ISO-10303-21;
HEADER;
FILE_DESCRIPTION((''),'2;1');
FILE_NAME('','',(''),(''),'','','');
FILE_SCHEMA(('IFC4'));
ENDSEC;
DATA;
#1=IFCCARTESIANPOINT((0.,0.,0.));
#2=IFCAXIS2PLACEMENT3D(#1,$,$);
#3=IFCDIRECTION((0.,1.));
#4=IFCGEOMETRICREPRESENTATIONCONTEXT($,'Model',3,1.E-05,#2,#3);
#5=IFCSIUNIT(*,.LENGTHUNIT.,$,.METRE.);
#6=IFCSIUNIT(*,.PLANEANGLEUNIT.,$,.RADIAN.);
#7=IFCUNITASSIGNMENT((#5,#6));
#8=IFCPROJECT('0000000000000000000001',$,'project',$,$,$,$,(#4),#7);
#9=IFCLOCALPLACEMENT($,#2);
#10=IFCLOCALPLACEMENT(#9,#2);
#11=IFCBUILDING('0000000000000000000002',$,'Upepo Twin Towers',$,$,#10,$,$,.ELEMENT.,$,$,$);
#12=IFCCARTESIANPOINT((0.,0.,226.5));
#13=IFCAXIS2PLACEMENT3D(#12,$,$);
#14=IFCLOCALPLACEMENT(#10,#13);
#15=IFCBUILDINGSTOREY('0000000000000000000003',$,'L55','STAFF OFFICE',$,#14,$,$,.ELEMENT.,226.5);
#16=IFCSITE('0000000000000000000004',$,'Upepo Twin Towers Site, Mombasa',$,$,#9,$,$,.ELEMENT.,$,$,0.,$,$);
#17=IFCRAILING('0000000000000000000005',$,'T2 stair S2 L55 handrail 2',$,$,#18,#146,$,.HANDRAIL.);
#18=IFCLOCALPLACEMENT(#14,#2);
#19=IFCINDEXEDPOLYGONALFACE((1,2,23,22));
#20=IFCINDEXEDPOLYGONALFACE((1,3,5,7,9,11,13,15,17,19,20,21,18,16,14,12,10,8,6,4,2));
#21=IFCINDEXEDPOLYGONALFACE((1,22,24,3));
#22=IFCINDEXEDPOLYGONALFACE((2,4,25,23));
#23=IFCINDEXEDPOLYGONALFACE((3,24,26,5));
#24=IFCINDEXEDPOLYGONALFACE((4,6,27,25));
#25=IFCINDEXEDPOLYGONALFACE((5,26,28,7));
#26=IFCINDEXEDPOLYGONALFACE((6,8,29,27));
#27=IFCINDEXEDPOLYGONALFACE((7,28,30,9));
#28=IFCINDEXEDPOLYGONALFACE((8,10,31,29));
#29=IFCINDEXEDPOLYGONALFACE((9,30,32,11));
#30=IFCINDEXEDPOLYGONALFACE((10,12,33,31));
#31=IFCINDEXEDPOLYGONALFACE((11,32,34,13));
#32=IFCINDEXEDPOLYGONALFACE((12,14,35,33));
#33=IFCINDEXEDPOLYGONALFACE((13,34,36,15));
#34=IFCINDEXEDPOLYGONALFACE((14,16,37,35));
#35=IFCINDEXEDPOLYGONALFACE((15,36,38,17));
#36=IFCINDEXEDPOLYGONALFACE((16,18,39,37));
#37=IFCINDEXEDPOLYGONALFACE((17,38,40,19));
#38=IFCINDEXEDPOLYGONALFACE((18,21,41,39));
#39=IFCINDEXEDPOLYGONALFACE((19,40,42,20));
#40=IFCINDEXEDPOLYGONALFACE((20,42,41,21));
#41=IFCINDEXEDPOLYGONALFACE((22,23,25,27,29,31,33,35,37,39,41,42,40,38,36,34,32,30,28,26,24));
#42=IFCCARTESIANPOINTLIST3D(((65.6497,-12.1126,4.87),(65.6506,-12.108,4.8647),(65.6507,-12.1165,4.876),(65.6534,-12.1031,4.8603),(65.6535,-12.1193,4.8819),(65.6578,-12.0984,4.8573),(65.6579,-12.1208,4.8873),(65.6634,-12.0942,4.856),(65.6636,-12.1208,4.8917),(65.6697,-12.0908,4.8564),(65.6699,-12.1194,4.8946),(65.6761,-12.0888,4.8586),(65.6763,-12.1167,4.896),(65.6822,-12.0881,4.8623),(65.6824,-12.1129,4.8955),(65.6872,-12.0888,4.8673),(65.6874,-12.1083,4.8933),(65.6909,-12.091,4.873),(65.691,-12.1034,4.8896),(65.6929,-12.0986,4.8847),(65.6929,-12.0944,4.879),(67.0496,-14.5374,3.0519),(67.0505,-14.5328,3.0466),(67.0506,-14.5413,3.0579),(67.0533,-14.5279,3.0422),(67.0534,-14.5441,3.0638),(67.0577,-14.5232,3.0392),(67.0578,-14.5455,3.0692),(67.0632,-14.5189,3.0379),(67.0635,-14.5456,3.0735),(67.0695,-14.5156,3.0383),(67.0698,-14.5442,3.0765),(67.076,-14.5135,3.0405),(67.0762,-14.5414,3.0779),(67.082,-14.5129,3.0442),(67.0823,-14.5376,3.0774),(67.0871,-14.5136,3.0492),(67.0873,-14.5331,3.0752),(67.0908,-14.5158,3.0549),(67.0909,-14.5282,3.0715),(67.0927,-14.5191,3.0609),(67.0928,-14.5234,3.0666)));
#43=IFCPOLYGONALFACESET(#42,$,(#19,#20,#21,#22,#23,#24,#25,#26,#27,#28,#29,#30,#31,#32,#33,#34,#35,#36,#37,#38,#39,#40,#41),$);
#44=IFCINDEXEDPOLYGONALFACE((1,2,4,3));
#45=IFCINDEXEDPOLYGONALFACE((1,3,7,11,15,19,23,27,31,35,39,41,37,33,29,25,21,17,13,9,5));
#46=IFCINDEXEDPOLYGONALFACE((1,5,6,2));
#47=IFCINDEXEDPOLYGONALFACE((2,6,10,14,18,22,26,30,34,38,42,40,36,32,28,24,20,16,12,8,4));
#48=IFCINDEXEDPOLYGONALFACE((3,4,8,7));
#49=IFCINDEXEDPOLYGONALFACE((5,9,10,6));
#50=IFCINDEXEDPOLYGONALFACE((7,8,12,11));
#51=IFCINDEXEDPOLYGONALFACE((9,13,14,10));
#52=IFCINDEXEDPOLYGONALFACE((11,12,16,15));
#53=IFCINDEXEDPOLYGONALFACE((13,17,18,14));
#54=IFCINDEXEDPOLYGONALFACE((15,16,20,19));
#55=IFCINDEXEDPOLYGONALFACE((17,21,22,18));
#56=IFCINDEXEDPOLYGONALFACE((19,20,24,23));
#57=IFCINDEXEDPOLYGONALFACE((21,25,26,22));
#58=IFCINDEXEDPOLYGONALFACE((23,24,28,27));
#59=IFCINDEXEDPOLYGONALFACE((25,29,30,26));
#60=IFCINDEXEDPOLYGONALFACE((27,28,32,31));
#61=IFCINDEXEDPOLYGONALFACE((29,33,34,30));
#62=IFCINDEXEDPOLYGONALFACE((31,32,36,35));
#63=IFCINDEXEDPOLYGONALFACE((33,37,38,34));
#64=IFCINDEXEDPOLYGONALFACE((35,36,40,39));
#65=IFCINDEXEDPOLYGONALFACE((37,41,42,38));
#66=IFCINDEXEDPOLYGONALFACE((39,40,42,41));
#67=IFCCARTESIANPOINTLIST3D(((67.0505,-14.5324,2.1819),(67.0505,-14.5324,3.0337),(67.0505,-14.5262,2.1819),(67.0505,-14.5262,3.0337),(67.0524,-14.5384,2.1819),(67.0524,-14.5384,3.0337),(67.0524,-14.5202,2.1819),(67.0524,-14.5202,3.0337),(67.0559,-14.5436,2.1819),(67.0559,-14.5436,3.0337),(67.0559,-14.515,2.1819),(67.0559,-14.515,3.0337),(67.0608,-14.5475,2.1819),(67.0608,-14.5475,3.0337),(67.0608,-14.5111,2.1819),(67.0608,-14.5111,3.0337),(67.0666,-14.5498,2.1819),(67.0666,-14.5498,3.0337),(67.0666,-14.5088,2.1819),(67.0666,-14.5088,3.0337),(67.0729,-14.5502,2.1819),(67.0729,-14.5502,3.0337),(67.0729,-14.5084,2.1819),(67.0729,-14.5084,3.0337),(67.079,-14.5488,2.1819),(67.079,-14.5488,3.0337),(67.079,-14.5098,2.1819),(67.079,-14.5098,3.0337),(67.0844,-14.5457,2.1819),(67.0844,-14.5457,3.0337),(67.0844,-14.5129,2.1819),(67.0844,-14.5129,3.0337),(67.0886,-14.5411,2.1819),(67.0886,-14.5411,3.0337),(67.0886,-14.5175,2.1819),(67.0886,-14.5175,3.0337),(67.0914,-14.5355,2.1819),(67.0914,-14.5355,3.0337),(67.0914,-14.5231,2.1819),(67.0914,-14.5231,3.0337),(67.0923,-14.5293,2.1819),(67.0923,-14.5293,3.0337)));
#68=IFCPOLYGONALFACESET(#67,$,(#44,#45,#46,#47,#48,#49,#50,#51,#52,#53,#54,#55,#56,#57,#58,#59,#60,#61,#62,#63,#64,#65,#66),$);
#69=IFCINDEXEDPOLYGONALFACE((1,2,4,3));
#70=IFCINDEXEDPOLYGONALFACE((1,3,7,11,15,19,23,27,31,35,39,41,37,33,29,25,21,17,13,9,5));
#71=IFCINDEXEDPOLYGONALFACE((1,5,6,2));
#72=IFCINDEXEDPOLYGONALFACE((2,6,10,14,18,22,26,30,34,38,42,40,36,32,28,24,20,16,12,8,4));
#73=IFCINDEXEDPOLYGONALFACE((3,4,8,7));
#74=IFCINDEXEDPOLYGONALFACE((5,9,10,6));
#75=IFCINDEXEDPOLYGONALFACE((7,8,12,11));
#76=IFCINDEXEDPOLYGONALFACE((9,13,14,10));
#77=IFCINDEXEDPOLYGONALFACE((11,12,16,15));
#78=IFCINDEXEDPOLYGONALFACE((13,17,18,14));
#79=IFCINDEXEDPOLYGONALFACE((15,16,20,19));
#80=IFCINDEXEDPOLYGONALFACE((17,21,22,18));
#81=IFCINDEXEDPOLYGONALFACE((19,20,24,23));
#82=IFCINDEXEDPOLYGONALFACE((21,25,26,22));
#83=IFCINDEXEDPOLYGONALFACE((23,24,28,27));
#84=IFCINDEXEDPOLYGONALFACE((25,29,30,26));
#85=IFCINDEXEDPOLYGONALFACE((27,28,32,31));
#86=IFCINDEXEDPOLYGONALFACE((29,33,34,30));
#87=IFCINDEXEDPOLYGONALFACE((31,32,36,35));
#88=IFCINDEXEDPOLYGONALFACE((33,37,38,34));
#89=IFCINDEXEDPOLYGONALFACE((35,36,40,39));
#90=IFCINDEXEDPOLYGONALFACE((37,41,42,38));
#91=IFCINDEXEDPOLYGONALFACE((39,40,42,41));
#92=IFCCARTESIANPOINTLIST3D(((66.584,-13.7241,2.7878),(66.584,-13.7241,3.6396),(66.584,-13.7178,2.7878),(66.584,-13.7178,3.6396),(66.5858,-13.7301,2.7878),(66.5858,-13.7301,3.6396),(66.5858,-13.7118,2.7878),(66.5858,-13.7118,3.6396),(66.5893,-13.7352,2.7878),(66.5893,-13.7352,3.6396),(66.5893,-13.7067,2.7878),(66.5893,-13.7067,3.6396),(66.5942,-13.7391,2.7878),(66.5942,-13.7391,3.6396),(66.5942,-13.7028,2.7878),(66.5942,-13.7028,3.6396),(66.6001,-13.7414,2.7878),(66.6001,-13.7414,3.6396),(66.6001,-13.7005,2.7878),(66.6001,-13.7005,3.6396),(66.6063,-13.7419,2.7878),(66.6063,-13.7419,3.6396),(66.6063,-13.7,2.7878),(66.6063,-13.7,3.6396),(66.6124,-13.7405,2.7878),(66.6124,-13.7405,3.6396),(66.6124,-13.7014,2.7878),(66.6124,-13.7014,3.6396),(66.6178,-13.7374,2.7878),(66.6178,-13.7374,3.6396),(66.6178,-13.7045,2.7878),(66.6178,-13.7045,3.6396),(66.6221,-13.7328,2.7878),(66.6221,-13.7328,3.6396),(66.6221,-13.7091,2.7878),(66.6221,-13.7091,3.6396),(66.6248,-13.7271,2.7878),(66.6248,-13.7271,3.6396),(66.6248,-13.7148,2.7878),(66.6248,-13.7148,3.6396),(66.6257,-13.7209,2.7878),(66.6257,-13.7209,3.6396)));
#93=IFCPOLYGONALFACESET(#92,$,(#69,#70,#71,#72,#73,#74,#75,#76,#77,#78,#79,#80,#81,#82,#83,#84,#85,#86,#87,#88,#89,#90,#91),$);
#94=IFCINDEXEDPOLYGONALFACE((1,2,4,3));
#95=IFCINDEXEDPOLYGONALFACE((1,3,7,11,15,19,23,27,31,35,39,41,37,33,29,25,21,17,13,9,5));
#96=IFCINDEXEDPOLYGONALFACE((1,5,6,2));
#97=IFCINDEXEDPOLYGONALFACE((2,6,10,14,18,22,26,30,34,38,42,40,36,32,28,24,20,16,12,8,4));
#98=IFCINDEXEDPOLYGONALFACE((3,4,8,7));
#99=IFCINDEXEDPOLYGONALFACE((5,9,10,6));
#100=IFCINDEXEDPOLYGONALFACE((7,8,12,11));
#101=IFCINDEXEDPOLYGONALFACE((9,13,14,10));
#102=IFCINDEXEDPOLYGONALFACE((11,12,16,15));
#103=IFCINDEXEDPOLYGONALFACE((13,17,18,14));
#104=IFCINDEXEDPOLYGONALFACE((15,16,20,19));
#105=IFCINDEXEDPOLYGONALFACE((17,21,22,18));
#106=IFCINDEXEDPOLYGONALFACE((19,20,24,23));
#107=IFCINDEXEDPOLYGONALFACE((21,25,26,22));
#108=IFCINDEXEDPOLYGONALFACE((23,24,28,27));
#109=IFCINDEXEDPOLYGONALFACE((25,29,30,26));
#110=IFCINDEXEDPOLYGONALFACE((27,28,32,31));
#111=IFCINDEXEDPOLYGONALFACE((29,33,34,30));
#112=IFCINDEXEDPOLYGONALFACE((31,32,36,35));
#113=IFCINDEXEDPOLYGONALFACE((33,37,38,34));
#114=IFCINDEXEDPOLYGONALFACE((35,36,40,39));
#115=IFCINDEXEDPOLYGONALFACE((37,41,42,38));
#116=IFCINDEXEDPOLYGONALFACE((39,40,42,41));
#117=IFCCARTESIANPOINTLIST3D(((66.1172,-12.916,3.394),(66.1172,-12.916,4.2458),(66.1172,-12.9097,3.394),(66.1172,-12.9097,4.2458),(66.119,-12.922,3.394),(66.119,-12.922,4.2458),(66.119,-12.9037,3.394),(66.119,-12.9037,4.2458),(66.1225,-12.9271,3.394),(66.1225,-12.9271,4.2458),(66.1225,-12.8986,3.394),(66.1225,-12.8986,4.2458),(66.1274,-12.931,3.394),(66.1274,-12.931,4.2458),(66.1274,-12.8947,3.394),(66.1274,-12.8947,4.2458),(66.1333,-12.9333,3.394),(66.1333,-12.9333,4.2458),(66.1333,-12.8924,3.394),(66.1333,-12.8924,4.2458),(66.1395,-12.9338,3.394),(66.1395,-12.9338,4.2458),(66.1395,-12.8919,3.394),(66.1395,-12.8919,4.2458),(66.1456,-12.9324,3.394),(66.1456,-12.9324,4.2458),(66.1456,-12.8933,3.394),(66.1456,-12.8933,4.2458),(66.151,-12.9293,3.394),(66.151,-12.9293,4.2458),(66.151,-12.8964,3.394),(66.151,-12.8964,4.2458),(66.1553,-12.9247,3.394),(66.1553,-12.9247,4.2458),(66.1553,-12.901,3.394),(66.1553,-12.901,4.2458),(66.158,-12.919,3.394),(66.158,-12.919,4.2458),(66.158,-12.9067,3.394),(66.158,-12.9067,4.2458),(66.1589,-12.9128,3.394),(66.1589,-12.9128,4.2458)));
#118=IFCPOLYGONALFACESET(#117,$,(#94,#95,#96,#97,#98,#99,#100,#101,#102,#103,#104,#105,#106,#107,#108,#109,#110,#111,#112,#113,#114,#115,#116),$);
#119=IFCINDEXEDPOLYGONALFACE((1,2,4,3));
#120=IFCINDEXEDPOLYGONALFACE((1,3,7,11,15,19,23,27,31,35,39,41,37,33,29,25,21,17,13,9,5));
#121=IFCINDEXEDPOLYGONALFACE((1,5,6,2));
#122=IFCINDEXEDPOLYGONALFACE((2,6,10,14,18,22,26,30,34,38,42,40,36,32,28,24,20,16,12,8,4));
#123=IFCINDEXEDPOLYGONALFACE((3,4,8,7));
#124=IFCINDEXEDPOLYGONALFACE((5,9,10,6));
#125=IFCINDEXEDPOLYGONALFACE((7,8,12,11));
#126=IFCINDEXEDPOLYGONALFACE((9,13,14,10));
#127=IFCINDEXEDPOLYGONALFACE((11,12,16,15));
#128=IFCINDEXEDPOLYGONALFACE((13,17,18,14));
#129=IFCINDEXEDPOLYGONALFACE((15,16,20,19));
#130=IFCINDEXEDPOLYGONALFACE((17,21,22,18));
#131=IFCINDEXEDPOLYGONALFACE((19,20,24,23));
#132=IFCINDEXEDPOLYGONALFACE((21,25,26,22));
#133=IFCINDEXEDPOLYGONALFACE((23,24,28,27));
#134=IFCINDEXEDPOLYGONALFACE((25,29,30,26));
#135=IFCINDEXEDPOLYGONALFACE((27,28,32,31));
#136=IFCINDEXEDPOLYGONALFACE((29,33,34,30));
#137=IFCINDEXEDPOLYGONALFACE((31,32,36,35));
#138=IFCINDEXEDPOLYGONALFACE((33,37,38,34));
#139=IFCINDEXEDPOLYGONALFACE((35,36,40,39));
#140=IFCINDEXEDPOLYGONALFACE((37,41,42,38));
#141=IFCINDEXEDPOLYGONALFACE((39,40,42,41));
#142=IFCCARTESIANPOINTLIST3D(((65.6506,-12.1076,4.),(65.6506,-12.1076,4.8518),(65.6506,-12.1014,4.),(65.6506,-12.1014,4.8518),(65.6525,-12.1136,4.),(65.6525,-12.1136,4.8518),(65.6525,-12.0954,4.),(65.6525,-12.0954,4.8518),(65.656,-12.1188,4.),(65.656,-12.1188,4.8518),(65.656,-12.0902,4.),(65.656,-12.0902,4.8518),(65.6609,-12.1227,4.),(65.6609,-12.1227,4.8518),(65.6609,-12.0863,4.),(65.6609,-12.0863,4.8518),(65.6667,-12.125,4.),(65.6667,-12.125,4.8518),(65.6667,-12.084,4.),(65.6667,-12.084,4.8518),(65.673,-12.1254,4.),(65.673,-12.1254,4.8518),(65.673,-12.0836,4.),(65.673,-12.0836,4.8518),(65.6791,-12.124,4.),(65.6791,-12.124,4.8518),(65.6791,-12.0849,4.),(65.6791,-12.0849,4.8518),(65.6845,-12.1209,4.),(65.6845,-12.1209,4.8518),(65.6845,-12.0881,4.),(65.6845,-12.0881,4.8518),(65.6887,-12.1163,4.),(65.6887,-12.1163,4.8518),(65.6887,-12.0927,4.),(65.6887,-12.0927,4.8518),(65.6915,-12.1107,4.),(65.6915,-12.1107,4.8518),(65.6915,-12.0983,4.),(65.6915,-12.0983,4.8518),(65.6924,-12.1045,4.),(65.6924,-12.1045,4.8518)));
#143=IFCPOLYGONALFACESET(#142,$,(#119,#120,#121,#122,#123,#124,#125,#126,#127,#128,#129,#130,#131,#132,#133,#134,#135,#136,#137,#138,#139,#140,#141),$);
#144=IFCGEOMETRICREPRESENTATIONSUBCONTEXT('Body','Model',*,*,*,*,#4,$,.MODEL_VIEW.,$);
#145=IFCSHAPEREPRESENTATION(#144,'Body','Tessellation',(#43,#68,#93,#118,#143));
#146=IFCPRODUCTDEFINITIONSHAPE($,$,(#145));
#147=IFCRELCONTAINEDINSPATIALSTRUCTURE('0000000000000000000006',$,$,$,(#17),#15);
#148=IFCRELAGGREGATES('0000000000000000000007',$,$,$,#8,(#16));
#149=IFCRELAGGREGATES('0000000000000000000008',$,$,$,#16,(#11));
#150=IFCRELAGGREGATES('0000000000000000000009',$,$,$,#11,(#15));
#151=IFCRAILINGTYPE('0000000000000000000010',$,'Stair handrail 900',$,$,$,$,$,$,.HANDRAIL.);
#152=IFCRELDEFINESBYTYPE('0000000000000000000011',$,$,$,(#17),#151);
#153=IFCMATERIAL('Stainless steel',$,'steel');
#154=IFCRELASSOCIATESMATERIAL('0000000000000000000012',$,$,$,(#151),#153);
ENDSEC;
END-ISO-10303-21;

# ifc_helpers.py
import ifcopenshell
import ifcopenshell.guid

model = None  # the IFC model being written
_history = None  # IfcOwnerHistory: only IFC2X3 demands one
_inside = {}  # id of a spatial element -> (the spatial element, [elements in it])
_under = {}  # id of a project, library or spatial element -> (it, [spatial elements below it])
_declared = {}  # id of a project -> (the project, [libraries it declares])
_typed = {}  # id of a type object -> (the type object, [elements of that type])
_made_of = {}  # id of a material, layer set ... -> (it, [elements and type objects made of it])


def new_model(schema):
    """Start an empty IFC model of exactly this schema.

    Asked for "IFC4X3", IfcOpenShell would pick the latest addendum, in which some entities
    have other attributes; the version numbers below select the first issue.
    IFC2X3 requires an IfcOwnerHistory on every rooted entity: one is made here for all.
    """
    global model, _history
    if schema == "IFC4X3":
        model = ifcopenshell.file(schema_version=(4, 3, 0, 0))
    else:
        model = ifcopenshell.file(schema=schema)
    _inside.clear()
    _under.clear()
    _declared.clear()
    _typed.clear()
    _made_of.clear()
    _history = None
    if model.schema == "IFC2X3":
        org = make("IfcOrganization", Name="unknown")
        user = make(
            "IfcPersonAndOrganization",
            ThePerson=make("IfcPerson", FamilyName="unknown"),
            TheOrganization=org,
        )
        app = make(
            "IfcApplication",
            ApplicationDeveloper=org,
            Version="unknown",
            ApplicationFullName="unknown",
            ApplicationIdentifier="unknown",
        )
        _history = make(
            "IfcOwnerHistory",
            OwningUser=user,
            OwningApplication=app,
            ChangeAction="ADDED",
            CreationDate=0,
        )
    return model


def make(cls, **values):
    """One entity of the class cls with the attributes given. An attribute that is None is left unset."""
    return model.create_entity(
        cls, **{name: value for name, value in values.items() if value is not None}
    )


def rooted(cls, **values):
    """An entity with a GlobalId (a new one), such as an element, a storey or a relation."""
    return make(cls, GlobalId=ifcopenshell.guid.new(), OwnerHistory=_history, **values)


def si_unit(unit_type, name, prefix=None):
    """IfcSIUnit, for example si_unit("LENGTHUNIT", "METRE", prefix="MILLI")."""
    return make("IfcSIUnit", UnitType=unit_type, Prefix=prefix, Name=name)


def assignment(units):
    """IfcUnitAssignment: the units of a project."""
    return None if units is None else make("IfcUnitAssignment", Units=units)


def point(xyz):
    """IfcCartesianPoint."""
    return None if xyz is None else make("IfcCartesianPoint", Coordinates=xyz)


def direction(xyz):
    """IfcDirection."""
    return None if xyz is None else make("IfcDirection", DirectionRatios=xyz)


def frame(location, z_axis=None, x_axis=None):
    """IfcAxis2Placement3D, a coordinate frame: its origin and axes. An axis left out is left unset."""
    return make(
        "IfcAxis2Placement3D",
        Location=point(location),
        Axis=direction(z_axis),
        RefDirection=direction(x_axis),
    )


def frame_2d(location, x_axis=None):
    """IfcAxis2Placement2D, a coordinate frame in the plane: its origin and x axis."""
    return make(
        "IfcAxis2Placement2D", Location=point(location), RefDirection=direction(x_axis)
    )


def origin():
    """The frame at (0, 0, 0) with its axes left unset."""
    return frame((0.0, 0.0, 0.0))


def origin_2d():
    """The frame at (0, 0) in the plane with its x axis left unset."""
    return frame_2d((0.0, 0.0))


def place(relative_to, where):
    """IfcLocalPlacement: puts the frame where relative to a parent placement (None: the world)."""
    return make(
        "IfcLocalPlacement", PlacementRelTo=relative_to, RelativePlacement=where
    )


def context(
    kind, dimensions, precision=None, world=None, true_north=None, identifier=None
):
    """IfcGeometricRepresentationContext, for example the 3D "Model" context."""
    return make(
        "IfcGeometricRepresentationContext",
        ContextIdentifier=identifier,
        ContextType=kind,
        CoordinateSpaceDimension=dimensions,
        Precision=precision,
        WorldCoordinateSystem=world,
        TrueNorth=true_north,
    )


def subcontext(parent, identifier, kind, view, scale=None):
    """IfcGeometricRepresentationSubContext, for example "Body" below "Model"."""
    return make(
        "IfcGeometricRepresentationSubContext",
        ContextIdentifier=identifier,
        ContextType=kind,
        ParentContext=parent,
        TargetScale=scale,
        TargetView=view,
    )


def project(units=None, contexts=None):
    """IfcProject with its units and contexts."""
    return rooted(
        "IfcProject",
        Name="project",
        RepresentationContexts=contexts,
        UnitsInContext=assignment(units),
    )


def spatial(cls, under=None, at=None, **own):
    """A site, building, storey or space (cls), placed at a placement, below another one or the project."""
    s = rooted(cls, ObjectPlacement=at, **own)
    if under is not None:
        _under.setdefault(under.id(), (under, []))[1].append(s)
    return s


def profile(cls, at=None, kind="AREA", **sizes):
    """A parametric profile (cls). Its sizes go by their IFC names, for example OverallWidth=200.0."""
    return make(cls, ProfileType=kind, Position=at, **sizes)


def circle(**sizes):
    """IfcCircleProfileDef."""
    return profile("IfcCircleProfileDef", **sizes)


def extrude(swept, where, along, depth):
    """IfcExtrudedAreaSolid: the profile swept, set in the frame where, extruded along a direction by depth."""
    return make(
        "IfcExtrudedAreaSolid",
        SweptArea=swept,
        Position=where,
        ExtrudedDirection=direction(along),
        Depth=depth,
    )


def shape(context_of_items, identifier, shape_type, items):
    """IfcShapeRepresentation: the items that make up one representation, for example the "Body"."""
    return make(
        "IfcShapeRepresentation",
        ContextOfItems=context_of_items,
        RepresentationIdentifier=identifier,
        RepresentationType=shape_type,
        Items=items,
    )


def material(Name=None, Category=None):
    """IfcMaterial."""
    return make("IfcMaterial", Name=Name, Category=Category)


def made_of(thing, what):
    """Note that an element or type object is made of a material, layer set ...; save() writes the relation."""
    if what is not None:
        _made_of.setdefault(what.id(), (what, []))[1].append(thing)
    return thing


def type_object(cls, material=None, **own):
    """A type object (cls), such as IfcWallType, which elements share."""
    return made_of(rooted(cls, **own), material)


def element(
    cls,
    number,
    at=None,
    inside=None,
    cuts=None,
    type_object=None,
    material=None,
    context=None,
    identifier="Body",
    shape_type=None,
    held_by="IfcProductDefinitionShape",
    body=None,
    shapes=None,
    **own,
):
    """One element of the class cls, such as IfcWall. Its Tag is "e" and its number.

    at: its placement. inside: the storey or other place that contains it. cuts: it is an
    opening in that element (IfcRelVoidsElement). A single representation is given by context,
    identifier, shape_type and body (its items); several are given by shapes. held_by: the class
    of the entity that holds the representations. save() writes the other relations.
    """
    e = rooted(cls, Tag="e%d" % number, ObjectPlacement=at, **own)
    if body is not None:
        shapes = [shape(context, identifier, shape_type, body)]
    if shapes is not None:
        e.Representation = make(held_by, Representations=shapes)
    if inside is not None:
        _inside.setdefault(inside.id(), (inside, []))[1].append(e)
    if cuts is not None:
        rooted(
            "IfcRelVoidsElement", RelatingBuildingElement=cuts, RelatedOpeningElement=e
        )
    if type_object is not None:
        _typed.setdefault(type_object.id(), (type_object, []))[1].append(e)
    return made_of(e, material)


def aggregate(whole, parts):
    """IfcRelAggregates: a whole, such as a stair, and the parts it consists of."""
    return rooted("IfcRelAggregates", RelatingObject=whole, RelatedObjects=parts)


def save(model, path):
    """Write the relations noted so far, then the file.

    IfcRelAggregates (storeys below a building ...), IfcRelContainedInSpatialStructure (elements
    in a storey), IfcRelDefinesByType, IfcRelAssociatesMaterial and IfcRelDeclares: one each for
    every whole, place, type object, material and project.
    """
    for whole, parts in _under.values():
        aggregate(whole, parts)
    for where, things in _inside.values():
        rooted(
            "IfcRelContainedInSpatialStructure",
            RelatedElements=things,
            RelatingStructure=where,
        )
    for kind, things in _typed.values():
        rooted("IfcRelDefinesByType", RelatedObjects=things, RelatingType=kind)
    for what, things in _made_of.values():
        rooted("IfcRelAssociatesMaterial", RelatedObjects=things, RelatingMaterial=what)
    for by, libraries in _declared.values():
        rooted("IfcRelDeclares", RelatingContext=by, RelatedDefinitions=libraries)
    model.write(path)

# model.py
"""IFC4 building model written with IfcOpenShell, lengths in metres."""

from ifc_helpers import new_model, si_unit, direction, frame, origin, origin_2d, place, context, subcontext, project, spatial, circle, extrude, material, type_object, element, save


model = new_model("IFC4")

# Units and contexts
model_context = context("Model", 3, precision=1e-05, world=origin(), true_north=direction((0.0, 1.0)))
body_context = subcontext(model_context, "Body", "Model", "MODEL_VIEW")
ifc_project = project(units=[si_unit("LENGTHUNIT", "METRE"), si_unit("PLANEANGLEUNIT", "RADIAN")], contexts=[model_context])

# Site, building, storey
site_placement = place(None, origin())
site = spatial("IfcSite", under=ifc_project, at=site_placement, Name="Upepo Twin Towers Site, Mombasa", CompositionType="ELEMENT", RefElevation=0.0)
building_placement = place(site_placement, origin())
building = spatial("IfcBuilding", under=site, at=building_placement, Name="Upepo Twin Towers", CompositionType="ELEMENT")
storey_placement = place(building_placement, frame((0.0, 0.0, 226.5)))
storey = spatial("IfcBuildingStorey", under=building, at=storey_placement, Name="L55", Description="STAFF OFFICE", CompositionType="ELEMENT", Elevation=226.5)

# Railing
ifc_material_1 = material(Name="Stainless steel", Category="steel")
railing_type = type_object("IfcRailingType", Name="Stair handrail 900", PredefinedType="HANDRAIL", material=ifc_material_1)
railing_1_placement = place(storey_placement, frame((67.0713, -14.5293, 2.1819)))
element("IfcRailing", 1, at=railing_1_placement, inside=storey, type_object=railing_type, Name="T2 stair S2 L55 handrail 2", PredefinedType="HANDRAIL", context=body_context, shape_type="SweptSolid", body=[
    extrude(circle(Radius=0.0239, at=origin_2d()), frame((0.0, 0.0, 0.876), z_axis=(-0.419333, 0.726336, 0.544606), x_axis=(-0.866035, -0.499984, 0.0)), (0.0, 0.0, 1.0), 3.3384),
    extrude(circle(Radius=0.021, at=origin_2d()), origin(), (0.0, 0.0, 1.0), 0.8518),
    extrude(circle(Radius=0.021, at=origin_2d()), frame((-0.4666, 0.8083, 0.606)), (0.0, 0.0, 1.0), 0.8518),
    extrude(circle(Radius=0.021, at=origin_2d()), frame((-0.9333, 1.6165, 1.2122)), (0.0, 0.0, 1.0), 0.8518),
    extrude(circle(Radius=0.021, at=origin_2d()), frame((-1.3999, 2.4248, 1.8181)), (0.0, 0.0, 1.0), 0.8518),
])

save(model, "model.ifc")
